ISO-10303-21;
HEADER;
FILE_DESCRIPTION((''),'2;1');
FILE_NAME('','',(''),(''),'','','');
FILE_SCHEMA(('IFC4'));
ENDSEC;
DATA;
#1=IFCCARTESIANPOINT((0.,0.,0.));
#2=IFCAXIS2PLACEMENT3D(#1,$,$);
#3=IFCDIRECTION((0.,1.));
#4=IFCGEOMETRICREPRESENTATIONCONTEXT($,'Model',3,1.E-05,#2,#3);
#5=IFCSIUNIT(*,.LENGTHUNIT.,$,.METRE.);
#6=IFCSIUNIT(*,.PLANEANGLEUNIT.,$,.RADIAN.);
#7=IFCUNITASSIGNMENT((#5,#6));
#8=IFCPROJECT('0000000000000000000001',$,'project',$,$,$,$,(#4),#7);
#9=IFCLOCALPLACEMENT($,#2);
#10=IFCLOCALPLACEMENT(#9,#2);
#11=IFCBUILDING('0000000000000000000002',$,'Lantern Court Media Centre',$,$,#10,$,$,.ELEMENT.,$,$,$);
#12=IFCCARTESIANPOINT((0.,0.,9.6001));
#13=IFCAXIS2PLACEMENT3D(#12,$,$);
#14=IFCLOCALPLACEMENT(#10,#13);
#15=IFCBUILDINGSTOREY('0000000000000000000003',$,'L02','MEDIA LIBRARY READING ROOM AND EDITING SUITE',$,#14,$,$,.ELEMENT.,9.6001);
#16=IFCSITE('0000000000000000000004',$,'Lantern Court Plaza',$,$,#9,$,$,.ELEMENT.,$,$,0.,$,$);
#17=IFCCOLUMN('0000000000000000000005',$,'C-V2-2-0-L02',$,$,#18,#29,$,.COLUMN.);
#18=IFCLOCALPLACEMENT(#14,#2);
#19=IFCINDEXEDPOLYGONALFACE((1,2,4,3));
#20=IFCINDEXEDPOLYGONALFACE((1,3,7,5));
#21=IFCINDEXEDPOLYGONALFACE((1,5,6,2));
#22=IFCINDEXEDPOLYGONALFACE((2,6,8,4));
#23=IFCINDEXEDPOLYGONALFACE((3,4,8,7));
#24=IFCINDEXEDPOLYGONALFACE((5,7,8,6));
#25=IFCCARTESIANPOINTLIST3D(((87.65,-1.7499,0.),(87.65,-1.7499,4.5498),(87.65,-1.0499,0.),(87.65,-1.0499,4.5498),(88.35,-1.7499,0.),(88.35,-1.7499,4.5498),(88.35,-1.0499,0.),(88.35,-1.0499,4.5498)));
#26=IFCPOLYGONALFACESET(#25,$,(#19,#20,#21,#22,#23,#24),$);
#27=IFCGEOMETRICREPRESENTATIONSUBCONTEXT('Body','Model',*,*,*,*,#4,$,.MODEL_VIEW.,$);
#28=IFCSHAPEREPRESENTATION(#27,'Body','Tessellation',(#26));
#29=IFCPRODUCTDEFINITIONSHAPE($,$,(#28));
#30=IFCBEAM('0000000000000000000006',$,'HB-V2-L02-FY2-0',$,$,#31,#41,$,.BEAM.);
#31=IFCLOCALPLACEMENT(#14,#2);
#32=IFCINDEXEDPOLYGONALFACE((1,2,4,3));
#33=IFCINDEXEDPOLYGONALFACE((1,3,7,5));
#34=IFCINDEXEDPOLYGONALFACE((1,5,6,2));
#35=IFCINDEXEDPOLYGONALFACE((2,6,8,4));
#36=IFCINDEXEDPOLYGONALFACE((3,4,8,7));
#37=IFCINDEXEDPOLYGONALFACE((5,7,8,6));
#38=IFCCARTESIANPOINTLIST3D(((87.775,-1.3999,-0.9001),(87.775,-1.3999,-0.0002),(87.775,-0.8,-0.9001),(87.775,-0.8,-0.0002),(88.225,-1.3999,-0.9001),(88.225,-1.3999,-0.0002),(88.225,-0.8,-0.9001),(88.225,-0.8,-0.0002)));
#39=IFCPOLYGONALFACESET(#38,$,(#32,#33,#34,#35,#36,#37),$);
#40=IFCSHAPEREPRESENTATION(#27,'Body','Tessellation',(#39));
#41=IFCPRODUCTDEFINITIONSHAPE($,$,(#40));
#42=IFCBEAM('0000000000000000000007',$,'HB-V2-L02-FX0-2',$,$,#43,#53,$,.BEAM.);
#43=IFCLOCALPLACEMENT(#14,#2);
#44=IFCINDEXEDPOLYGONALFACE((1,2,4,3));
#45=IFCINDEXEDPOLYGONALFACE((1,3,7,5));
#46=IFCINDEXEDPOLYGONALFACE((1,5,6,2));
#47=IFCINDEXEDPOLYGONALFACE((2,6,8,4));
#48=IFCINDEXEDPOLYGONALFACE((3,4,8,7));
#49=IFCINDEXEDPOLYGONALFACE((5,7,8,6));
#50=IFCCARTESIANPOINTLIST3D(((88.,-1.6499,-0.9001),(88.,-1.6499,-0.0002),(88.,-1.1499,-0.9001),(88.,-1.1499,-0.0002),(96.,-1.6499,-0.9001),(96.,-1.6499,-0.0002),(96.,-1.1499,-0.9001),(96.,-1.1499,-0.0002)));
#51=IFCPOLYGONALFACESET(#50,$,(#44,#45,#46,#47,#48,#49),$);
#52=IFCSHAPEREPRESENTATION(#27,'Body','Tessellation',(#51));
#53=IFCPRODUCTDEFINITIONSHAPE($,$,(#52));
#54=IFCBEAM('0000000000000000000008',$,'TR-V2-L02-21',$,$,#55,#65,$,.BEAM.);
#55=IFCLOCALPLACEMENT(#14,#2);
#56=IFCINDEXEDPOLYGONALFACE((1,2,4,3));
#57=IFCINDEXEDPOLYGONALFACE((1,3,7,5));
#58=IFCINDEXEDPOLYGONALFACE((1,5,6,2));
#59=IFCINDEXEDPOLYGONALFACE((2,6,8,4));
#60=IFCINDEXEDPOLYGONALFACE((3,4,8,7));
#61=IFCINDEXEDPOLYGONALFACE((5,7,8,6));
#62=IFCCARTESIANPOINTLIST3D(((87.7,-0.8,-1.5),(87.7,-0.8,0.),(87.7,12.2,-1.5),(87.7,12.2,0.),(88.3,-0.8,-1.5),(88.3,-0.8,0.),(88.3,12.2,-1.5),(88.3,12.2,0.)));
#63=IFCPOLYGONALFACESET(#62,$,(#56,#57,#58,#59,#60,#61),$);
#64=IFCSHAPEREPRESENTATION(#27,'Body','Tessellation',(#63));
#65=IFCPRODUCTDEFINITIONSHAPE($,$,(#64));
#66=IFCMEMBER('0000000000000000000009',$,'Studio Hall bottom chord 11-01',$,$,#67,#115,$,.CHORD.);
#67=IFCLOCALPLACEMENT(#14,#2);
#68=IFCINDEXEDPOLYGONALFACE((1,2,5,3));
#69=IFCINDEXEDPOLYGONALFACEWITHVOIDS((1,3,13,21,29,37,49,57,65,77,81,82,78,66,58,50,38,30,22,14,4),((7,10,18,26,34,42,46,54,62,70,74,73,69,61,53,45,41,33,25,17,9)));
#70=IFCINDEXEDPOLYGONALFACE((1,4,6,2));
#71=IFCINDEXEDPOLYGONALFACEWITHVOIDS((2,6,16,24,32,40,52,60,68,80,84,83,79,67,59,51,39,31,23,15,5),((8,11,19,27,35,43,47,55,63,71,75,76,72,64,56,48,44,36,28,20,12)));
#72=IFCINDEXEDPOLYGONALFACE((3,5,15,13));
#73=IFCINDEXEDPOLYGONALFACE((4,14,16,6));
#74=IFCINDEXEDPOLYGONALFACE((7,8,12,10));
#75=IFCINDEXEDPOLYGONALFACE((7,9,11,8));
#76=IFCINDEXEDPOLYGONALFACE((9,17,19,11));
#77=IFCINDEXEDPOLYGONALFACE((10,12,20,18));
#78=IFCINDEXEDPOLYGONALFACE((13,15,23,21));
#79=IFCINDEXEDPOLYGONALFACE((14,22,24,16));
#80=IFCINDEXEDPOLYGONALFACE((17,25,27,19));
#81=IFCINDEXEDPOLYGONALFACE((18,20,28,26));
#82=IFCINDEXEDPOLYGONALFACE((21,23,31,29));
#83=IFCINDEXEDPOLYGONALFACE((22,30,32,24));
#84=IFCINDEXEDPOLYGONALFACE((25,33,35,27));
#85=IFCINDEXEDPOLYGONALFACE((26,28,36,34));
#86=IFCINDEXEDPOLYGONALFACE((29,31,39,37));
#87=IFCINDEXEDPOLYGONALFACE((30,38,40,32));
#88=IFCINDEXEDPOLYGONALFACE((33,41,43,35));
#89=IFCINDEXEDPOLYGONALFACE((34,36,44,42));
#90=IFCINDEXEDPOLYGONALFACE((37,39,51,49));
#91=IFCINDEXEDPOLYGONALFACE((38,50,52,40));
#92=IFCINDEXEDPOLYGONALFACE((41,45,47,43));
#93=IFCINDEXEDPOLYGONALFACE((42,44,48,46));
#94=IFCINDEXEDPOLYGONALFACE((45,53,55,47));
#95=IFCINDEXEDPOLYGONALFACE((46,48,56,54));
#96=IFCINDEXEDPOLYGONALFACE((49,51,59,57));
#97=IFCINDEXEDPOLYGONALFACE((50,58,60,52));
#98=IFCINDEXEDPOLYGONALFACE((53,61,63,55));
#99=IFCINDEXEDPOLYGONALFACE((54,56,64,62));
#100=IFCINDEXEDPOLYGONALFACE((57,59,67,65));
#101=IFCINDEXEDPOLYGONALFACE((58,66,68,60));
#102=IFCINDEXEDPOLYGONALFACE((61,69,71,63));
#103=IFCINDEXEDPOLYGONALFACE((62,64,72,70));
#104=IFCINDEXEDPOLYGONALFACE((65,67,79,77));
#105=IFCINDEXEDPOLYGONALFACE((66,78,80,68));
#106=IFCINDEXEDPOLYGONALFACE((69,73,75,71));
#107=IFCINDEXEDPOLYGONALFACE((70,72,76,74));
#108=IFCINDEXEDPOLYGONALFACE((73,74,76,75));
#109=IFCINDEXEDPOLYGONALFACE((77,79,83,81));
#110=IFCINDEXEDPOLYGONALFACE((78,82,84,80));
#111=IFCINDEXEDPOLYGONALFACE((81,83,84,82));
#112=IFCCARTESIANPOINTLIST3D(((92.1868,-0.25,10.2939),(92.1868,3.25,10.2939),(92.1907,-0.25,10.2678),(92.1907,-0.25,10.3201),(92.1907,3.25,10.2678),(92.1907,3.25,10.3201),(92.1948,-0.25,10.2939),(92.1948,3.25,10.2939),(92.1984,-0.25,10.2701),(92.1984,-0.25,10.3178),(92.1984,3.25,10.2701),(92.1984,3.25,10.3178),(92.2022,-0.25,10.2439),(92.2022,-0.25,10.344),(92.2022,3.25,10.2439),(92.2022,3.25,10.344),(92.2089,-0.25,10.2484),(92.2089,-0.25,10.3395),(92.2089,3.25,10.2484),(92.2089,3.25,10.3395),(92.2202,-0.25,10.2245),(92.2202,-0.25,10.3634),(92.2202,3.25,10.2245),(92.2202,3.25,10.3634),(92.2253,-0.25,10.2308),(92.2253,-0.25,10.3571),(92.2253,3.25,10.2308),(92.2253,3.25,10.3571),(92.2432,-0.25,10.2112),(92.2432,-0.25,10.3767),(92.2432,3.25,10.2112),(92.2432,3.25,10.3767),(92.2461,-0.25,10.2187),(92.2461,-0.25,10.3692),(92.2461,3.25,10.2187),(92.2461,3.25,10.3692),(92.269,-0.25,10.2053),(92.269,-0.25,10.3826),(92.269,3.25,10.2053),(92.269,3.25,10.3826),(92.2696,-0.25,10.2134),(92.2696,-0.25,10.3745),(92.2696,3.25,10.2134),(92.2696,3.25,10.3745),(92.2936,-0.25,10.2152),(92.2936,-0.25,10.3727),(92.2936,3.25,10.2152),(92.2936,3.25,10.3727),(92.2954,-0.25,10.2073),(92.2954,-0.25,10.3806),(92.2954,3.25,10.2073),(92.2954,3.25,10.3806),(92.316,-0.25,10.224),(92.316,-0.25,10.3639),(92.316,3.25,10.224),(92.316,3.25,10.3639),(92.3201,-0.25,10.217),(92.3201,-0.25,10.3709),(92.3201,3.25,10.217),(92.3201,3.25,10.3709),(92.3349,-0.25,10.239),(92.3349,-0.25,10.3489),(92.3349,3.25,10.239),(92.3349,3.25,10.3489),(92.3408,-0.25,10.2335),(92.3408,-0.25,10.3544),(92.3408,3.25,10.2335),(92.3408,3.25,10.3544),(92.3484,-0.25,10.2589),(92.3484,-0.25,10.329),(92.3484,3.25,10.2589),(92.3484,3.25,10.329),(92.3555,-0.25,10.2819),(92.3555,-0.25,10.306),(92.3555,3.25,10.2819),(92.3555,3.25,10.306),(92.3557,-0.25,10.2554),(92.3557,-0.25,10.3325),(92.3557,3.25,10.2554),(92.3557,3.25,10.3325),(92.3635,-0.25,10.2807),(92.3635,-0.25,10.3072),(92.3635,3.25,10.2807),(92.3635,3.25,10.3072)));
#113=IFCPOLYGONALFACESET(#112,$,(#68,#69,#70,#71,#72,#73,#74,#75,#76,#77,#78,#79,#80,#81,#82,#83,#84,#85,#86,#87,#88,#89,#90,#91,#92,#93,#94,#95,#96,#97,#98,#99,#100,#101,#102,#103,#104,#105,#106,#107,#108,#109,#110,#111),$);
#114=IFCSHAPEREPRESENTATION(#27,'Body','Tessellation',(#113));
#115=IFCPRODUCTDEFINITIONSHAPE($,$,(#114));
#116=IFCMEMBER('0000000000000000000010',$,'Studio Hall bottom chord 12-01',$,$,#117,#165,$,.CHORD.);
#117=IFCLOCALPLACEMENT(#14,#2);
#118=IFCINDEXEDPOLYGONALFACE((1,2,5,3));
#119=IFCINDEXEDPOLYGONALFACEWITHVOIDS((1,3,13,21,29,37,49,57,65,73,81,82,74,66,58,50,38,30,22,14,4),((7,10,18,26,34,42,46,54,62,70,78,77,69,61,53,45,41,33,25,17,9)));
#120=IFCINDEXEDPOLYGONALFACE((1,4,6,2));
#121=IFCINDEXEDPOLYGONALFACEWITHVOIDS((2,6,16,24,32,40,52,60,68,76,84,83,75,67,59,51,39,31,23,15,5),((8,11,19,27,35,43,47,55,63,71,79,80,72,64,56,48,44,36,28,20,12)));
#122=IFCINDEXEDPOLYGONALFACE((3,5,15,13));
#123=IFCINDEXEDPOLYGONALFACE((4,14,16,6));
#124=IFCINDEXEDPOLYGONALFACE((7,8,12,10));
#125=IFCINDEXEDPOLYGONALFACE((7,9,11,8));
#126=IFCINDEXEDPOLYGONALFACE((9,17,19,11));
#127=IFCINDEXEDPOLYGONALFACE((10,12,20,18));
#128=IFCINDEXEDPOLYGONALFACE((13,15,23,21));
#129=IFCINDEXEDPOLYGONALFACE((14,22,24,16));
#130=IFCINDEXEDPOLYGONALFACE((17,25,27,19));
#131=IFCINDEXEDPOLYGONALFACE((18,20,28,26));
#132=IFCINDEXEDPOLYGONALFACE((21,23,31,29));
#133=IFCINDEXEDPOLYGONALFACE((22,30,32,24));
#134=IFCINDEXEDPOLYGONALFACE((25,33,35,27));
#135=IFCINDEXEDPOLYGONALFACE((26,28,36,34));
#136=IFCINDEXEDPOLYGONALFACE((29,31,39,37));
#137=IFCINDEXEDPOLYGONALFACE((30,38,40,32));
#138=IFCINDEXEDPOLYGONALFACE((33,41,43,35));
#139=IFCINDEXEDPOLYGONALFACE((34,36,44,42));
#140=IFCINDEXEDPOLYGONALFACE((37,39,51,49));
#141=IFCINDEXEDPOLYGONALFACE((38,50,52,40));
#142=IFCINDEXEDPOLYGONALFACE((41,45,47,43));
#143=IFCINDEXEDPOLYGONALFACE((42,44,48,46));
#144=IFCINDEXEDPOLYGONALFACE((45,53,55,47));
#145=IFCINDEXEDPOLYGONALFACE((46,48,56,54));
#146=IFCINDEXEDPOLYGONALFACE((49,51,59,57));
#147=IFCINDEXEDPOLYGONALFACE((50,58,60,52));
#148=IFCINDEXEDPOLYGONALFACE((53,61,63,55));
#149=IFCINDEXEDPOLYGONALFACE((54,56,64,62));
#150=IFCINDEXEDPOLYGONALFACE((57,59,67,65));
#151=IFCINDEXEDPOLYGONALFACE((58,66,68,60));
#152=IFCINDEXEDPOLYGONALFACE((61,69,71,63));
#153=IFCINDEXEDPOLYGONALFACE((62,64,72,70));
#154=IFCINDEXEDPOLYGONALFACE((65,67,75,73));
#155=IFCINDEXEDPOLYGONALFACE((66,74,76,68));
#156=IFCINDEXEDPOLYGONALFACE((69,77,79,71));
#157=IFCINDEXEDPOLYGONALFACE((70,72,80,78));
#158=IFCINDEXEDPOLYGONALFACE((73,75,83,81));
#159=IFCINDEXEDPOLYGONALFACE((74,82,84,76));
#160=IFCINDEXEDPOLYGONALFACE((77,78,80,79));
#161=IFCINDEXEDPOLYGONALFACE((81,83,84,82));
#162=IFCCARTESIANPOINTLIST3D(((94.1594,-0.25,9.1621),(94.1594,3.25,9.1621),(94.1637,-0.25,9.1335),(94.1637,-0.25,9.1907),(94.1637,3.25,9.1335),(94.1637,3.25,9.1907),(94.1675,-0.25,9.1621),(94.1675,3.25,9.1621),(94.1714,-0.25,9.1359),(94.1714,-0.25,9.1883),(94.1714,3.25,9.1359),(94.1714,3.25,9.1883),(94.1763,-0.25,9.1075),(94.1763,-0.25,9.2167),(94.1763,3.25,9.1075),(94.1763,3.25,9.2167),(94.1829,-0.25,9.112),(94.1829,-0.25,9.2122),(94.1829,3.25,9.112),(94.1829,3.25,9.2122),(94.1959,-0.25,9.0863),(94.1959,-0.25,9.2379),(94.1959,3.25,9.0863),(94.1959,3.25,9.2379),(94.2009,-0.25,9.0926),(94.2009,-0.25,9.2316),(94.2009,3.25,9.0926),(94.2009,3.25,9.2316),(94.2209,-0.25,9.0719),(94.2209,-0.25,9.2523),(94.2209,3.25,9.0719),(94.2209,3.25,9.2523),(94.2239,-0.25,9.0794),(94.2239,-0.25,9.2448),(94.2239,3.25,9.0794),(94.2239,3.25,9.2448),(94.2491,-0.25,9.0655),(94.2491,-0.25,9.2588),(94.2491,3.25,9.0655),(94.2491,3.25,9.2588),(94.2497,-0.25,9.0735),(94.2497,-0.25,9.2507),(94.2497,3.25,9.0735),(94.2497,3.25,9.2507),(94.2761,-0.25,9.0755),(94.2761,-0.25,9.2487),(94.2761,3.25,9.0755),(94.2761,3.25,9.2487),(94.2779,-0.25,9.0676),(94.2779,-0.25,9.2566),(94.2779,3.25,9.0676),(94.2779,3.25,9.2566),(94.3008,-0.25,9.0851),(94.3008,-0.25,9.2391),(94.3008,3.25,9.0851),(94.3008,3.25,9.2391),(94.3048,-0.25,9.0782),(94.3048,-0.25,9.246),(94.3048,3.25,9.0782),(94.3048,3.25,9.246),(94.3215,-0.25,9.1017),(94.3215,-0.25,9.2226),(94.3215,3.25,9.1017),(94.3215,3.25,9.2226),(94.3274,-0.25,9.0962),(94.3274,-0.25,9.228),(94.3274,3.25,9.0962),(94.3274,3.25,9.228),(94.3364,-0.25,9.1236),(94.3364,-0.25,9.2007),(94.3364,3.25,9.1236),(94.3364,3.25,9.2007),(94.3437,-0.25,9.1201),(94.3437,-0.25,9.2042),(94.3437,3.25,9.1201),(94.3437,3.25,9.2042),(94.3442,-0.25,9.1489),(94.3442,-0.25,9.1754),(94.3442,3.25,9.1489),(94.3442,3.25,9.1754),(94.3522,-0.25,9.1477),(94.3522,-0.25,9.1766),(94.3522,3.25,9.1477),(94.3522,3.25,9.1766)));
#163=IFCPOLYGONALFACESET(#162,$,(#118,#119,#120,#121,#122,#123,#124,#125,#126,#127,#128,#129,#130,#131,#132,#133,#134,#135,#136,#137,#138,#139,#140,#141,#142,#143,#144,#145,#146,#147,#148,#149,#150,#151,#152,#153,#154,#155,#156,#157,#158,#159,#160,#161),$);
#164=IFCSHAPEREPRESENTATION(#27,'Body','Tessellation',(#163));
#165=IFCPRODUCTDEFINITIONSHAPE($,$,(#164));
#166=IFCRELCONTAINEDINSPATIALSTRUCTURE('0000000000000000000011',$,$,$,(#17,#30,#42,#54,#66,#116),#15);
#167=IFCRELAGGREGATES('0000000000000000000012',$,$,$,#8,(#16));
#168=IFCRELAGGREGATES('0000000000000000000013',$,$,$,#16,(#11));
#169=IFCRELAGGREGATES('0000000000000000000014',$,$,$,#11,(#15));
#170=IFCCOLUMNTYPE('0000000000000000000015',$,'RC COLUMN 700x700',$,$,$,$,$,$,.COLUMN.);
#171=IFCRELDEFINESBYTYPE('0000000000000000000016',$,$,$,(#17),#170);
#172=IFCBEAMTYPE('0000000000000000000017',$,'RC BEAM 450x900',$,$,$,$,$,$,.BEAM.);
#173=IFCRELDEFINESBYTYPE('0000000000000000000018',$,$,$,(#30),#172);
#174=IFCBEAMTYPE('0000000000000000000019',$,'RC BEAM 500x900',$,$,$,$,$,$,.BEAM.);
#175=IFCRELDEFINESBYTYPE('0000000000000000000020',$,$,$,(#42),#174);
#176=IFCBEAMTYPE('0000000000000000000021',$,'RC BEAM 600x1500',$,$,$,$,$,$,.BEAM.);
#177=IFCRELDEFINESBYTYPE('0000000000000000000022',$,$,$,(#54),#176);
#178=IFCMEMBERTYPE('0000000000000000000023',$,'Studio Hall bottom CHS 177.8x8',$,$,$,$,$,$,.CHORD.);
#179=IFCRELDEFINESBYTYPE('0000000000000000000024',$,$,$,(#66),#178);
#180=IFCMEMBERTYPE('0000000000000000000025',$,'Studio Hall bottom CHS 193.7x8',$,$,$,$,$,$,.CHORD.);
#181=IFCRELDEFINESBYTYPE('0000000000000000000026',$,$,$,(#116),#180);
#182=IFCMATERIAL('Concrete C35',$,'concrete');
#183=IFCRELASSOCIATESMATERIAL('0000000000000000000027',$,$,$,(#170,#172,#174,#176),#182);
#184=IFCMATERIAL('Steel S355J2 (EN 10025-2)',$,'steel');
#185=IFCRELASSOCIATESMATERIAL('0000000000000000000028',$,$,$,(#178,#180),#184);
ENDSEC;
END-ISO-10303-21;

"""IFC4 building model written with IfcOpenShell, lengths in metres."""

from ifc_helpers import new_model, si_unit, direction, frame, origin, origin_2d, place, context, subcontext, project, spatial, rectangle, hollow_circle, extrude, material, material_profile, profile_set, type_object, element, save


model = new_model("IFC4")

# Units and contexts
model_context = context("Model", 3, precision=1e-05, world=origin(), true_north=direction((0.0, 1.0)))
body_context = subcontext(model_context, "Body", "Model", "MODEL_VIEW")
ifc_project = project(units=[si_unit("LENGTHUNIT", "METRE"), si_unit("PLANEANGLEUNIT", "RADIAN")], contexts=[model_context])

# Site, building, storey
site_placement = place(None, origin())
site = spatial("IfcSite", under=ifc_project, at=site_placement, Name="Lantern Court Plaza", CompositionType="ELEMENT", RefElevation=0.0)
building_placement = place(site_placement, origin())
building = spatial("IfcBuilding", under=site, at=building_placement, Name="Lantern Court Media Centre", CompositionType="ELEMENT")
storey_placement = place(building_placement, frame((0.0, 0.0, 9.6001)))
storey = spatial("IfcBuildingStorey", under=building, at=storey_placement, Name="L02", Description="MEDIA LIBRARY READING ROOM AND EDITING SUITE", CompositionType="ELEMENT", Elevation=9.6001)

# Column
ifc_material_1 = material(Name="Concrete C35", Category="concrete")
ifc_material_profile_1 = material_profile(ifc_material_1, rectangle(XDim=0.7, YDim=0.7, at=origin_2d()), Name="RC 700x700")
ifc_profile_set_1 = profile_set([ifc_material_profile_1], Name="Concrete C35")
column_type = type_object("IfcColumnType", Name="RC COLUMN 700x700", PredefinedType="COLUMN", material=ifc_profile_set_1)
column_placement = place(storey_placement, frame((88.0, -1.3999, 0.0), z_axis=(0.0, 0.0, 1.0), x_axis=(1.0, 0.0, 0.0)))
element("IfcColumn", 1, at=column_placement, inside=storey, type_object=column_type, Name="C-V2-2-0-L02", PredefinedType="COLUMN", context=body_context, shape_type="SweptSolid", body=[
    extrude(rectangle(XDim=0.7, YDim=0.7, at=origin_2d()), origin(), (0.0, 0.0, 1.0), 4.5498),
])

# Beams
ifc_material_profile_2 = material_profile(ifc_material_1, rectangle(XDim=0.45, YDim=0.8999, at=origin_2d()), Name="RC 450x900")
ifc_profile_set_2 = profile_set([ifc_material_profile_2], Name="Concrete C35")
beam_type_1 = type_object("IfcBeamType", Name="RC BEAM 450x900", PredefinedType="BEAM", material=ifc_profile_set_2)
beam_1_placement = place(storey_placement, frame((88.0, -1.3999, -0.4502), z_axis=(0.0, 1.0, 0.0), x_axis=(-1.0, 0.0, 0.0)))
element("IfcBeam", 2, at=beam_1_placement, inside=storey, type_object=beam_type_1, Name="HB-V2-L02-FY2-0", PredefinedType="BEAM", context=body_context, shape_type="SweptSolid", body=[
    extrude(rectangle(XDim=0.45, YDim=0.8999, at=origin_2d()), origin(), (0.0, 0.0, 1.0), 0.5999),
])
ifc_material_profile_3 = material_profile(ifc_material_1, rectangle(XDim=0.5, YDim=0.8999, at=origin_2d()), Name="RC 500x900")
ifc_profile_set_3 = profile_set([ifc_material_profile_3], Name="Concrete C35")
beam_type_2 = type_object("IfcBeamType", Name="RC BEAM 500x900", PredefinedType="BEAM", material=ifc_profile_set_3)
beam_2_placement = place(storey_placement, frame((88.0, -1.3999, -0.4502), z_axis=(1.0, 0.0, 0.0), x_axis=(0.0, 1.0, 0.0)))
element("IfcBeam", 3, at=beam_2_placement, inside=storey, type_object=beam_type_2, Name="HB-V2-L02-FX0-2", PredefinedType="BEAM", context=body_context, shape_type="SweptSolid", body=[
    extrude(rectangle(XDim=0.5, YDim=0.8999, at=origin_2d()), origin(), (0.0, 0.0, 1.0), 8.0),
])
ifc_material_profile_4 = material_profile(ifc_material_1, rectangle(XDim=0.6001, YDim=1.5, at=origin_2d()), Name="RC 600x1500")
ifc_profile_set_4 = profile_set([ifc_material_profile_4], Name="Concrete C35")
beam_type_3 = type_object("IfcBeamType", Name="RC BEAM 600x1500", PredefinedType="BEAM", material=ifc_profile_set_4)
beam_3_placement = place(storey_placement, frame((88.0, -0.8, -0.75), z_axis=(0.0, 1.0, 0.0), x_axis=(-1.0, 0.0, 0.0)))
element("IfcBeam", 4, at=beam_3_placement, inside=storey, type_object=beam_type_3, Name="TR-V2-L02-21", PredefinedType="BEAM", context=body_context, shape_type="SweptSolid", body=[
    extrude(rectangle(XDim=0.6001, YDim=1.5, at=origin_2d()), origin(), (0.0, 0.0, 1.0), 13.0),
])

# Members
ifc_material_2 = material(Name="Steel S355J2 (EN 10025-2)", Category="steel")
ifc_material_profile_5 = material_profile(ifc_material_2, hollow_circle(Radius=0.0889, WallThickness=0.0081, at=origin_2d()), Name="Studio Hall bottom CHS 177.8x8")
ifc_profile_set_5 = profile_set([ifc_material_profile_5], Name="Steel S355J2 (EN 10025-2)")
member_type_1 = type_object("IfcMemberType", Name="Studio Hall bottom CHS 177.8x8", PredefinedType="CHORD", material=ifc_profile_set_5)
member_1_placement = place(storey_placement, frame((92.2756, -0.25, 10.2939), z_axis=(0.0, 1.0, 0.0), x_axis=(-1.0, 0.0, 0.0)))
element("IfcMember", 5, at=member_1_placement, inside=storey, type_object=member_type_1, Name="Studio Hall bottom chord 11-01", PredefinedType="CHORD", context=body_context, shape_type="SweptSolid", body=[
    extrude(hollow_circle(Radius=0.0889, WallThickness=0.0081, at=origin_2d()), origin(), (0.0, 0.0, 1.0), 3.5),
])
ifc_material_profile_6 = material_profile(ifc_material_2, hollow_circle(Radius=0.0969, WallThickness=0.0081, at=origin_2d()), Name="Studio Hall bottom CHS 193.7x8")
ifc_profile_set_6 = profile_set([ifc_material_profile_6], Name="Steel S355J2 (EN 10025-2)")
member_type_2 = type_object("IfcMemberType", Name="Studio Hall bottom CHS 193.7x8", PredefinedType="CHORD", material=ifc_profile_set_6)
for number, where, z_axis, x_axis, name in (
    (6, (94.2563, -0.25, 9.1621), (0.0, 1.0, 0.0), (-1.0, 0.0, 0.0), "Studio Hall bottom chord 12-01"),
):
    element("IfcMember", number, at=place(storey_placement, frame(where, z_axis=z_axis, x_axis=x_axis)), inside=storey, type_object=member_type_2, Name=name, PredefinedType="CHORD", context=body_context, shape_type="SweptSolid", body=[
        extrude(hollow_circle(Radius=0.0969, WallThickness=0.0081, at=origin_2d()), origin(), (0.0, 0.0, 1.0), 3.5),
    ])

save(model, "model.ifc")
